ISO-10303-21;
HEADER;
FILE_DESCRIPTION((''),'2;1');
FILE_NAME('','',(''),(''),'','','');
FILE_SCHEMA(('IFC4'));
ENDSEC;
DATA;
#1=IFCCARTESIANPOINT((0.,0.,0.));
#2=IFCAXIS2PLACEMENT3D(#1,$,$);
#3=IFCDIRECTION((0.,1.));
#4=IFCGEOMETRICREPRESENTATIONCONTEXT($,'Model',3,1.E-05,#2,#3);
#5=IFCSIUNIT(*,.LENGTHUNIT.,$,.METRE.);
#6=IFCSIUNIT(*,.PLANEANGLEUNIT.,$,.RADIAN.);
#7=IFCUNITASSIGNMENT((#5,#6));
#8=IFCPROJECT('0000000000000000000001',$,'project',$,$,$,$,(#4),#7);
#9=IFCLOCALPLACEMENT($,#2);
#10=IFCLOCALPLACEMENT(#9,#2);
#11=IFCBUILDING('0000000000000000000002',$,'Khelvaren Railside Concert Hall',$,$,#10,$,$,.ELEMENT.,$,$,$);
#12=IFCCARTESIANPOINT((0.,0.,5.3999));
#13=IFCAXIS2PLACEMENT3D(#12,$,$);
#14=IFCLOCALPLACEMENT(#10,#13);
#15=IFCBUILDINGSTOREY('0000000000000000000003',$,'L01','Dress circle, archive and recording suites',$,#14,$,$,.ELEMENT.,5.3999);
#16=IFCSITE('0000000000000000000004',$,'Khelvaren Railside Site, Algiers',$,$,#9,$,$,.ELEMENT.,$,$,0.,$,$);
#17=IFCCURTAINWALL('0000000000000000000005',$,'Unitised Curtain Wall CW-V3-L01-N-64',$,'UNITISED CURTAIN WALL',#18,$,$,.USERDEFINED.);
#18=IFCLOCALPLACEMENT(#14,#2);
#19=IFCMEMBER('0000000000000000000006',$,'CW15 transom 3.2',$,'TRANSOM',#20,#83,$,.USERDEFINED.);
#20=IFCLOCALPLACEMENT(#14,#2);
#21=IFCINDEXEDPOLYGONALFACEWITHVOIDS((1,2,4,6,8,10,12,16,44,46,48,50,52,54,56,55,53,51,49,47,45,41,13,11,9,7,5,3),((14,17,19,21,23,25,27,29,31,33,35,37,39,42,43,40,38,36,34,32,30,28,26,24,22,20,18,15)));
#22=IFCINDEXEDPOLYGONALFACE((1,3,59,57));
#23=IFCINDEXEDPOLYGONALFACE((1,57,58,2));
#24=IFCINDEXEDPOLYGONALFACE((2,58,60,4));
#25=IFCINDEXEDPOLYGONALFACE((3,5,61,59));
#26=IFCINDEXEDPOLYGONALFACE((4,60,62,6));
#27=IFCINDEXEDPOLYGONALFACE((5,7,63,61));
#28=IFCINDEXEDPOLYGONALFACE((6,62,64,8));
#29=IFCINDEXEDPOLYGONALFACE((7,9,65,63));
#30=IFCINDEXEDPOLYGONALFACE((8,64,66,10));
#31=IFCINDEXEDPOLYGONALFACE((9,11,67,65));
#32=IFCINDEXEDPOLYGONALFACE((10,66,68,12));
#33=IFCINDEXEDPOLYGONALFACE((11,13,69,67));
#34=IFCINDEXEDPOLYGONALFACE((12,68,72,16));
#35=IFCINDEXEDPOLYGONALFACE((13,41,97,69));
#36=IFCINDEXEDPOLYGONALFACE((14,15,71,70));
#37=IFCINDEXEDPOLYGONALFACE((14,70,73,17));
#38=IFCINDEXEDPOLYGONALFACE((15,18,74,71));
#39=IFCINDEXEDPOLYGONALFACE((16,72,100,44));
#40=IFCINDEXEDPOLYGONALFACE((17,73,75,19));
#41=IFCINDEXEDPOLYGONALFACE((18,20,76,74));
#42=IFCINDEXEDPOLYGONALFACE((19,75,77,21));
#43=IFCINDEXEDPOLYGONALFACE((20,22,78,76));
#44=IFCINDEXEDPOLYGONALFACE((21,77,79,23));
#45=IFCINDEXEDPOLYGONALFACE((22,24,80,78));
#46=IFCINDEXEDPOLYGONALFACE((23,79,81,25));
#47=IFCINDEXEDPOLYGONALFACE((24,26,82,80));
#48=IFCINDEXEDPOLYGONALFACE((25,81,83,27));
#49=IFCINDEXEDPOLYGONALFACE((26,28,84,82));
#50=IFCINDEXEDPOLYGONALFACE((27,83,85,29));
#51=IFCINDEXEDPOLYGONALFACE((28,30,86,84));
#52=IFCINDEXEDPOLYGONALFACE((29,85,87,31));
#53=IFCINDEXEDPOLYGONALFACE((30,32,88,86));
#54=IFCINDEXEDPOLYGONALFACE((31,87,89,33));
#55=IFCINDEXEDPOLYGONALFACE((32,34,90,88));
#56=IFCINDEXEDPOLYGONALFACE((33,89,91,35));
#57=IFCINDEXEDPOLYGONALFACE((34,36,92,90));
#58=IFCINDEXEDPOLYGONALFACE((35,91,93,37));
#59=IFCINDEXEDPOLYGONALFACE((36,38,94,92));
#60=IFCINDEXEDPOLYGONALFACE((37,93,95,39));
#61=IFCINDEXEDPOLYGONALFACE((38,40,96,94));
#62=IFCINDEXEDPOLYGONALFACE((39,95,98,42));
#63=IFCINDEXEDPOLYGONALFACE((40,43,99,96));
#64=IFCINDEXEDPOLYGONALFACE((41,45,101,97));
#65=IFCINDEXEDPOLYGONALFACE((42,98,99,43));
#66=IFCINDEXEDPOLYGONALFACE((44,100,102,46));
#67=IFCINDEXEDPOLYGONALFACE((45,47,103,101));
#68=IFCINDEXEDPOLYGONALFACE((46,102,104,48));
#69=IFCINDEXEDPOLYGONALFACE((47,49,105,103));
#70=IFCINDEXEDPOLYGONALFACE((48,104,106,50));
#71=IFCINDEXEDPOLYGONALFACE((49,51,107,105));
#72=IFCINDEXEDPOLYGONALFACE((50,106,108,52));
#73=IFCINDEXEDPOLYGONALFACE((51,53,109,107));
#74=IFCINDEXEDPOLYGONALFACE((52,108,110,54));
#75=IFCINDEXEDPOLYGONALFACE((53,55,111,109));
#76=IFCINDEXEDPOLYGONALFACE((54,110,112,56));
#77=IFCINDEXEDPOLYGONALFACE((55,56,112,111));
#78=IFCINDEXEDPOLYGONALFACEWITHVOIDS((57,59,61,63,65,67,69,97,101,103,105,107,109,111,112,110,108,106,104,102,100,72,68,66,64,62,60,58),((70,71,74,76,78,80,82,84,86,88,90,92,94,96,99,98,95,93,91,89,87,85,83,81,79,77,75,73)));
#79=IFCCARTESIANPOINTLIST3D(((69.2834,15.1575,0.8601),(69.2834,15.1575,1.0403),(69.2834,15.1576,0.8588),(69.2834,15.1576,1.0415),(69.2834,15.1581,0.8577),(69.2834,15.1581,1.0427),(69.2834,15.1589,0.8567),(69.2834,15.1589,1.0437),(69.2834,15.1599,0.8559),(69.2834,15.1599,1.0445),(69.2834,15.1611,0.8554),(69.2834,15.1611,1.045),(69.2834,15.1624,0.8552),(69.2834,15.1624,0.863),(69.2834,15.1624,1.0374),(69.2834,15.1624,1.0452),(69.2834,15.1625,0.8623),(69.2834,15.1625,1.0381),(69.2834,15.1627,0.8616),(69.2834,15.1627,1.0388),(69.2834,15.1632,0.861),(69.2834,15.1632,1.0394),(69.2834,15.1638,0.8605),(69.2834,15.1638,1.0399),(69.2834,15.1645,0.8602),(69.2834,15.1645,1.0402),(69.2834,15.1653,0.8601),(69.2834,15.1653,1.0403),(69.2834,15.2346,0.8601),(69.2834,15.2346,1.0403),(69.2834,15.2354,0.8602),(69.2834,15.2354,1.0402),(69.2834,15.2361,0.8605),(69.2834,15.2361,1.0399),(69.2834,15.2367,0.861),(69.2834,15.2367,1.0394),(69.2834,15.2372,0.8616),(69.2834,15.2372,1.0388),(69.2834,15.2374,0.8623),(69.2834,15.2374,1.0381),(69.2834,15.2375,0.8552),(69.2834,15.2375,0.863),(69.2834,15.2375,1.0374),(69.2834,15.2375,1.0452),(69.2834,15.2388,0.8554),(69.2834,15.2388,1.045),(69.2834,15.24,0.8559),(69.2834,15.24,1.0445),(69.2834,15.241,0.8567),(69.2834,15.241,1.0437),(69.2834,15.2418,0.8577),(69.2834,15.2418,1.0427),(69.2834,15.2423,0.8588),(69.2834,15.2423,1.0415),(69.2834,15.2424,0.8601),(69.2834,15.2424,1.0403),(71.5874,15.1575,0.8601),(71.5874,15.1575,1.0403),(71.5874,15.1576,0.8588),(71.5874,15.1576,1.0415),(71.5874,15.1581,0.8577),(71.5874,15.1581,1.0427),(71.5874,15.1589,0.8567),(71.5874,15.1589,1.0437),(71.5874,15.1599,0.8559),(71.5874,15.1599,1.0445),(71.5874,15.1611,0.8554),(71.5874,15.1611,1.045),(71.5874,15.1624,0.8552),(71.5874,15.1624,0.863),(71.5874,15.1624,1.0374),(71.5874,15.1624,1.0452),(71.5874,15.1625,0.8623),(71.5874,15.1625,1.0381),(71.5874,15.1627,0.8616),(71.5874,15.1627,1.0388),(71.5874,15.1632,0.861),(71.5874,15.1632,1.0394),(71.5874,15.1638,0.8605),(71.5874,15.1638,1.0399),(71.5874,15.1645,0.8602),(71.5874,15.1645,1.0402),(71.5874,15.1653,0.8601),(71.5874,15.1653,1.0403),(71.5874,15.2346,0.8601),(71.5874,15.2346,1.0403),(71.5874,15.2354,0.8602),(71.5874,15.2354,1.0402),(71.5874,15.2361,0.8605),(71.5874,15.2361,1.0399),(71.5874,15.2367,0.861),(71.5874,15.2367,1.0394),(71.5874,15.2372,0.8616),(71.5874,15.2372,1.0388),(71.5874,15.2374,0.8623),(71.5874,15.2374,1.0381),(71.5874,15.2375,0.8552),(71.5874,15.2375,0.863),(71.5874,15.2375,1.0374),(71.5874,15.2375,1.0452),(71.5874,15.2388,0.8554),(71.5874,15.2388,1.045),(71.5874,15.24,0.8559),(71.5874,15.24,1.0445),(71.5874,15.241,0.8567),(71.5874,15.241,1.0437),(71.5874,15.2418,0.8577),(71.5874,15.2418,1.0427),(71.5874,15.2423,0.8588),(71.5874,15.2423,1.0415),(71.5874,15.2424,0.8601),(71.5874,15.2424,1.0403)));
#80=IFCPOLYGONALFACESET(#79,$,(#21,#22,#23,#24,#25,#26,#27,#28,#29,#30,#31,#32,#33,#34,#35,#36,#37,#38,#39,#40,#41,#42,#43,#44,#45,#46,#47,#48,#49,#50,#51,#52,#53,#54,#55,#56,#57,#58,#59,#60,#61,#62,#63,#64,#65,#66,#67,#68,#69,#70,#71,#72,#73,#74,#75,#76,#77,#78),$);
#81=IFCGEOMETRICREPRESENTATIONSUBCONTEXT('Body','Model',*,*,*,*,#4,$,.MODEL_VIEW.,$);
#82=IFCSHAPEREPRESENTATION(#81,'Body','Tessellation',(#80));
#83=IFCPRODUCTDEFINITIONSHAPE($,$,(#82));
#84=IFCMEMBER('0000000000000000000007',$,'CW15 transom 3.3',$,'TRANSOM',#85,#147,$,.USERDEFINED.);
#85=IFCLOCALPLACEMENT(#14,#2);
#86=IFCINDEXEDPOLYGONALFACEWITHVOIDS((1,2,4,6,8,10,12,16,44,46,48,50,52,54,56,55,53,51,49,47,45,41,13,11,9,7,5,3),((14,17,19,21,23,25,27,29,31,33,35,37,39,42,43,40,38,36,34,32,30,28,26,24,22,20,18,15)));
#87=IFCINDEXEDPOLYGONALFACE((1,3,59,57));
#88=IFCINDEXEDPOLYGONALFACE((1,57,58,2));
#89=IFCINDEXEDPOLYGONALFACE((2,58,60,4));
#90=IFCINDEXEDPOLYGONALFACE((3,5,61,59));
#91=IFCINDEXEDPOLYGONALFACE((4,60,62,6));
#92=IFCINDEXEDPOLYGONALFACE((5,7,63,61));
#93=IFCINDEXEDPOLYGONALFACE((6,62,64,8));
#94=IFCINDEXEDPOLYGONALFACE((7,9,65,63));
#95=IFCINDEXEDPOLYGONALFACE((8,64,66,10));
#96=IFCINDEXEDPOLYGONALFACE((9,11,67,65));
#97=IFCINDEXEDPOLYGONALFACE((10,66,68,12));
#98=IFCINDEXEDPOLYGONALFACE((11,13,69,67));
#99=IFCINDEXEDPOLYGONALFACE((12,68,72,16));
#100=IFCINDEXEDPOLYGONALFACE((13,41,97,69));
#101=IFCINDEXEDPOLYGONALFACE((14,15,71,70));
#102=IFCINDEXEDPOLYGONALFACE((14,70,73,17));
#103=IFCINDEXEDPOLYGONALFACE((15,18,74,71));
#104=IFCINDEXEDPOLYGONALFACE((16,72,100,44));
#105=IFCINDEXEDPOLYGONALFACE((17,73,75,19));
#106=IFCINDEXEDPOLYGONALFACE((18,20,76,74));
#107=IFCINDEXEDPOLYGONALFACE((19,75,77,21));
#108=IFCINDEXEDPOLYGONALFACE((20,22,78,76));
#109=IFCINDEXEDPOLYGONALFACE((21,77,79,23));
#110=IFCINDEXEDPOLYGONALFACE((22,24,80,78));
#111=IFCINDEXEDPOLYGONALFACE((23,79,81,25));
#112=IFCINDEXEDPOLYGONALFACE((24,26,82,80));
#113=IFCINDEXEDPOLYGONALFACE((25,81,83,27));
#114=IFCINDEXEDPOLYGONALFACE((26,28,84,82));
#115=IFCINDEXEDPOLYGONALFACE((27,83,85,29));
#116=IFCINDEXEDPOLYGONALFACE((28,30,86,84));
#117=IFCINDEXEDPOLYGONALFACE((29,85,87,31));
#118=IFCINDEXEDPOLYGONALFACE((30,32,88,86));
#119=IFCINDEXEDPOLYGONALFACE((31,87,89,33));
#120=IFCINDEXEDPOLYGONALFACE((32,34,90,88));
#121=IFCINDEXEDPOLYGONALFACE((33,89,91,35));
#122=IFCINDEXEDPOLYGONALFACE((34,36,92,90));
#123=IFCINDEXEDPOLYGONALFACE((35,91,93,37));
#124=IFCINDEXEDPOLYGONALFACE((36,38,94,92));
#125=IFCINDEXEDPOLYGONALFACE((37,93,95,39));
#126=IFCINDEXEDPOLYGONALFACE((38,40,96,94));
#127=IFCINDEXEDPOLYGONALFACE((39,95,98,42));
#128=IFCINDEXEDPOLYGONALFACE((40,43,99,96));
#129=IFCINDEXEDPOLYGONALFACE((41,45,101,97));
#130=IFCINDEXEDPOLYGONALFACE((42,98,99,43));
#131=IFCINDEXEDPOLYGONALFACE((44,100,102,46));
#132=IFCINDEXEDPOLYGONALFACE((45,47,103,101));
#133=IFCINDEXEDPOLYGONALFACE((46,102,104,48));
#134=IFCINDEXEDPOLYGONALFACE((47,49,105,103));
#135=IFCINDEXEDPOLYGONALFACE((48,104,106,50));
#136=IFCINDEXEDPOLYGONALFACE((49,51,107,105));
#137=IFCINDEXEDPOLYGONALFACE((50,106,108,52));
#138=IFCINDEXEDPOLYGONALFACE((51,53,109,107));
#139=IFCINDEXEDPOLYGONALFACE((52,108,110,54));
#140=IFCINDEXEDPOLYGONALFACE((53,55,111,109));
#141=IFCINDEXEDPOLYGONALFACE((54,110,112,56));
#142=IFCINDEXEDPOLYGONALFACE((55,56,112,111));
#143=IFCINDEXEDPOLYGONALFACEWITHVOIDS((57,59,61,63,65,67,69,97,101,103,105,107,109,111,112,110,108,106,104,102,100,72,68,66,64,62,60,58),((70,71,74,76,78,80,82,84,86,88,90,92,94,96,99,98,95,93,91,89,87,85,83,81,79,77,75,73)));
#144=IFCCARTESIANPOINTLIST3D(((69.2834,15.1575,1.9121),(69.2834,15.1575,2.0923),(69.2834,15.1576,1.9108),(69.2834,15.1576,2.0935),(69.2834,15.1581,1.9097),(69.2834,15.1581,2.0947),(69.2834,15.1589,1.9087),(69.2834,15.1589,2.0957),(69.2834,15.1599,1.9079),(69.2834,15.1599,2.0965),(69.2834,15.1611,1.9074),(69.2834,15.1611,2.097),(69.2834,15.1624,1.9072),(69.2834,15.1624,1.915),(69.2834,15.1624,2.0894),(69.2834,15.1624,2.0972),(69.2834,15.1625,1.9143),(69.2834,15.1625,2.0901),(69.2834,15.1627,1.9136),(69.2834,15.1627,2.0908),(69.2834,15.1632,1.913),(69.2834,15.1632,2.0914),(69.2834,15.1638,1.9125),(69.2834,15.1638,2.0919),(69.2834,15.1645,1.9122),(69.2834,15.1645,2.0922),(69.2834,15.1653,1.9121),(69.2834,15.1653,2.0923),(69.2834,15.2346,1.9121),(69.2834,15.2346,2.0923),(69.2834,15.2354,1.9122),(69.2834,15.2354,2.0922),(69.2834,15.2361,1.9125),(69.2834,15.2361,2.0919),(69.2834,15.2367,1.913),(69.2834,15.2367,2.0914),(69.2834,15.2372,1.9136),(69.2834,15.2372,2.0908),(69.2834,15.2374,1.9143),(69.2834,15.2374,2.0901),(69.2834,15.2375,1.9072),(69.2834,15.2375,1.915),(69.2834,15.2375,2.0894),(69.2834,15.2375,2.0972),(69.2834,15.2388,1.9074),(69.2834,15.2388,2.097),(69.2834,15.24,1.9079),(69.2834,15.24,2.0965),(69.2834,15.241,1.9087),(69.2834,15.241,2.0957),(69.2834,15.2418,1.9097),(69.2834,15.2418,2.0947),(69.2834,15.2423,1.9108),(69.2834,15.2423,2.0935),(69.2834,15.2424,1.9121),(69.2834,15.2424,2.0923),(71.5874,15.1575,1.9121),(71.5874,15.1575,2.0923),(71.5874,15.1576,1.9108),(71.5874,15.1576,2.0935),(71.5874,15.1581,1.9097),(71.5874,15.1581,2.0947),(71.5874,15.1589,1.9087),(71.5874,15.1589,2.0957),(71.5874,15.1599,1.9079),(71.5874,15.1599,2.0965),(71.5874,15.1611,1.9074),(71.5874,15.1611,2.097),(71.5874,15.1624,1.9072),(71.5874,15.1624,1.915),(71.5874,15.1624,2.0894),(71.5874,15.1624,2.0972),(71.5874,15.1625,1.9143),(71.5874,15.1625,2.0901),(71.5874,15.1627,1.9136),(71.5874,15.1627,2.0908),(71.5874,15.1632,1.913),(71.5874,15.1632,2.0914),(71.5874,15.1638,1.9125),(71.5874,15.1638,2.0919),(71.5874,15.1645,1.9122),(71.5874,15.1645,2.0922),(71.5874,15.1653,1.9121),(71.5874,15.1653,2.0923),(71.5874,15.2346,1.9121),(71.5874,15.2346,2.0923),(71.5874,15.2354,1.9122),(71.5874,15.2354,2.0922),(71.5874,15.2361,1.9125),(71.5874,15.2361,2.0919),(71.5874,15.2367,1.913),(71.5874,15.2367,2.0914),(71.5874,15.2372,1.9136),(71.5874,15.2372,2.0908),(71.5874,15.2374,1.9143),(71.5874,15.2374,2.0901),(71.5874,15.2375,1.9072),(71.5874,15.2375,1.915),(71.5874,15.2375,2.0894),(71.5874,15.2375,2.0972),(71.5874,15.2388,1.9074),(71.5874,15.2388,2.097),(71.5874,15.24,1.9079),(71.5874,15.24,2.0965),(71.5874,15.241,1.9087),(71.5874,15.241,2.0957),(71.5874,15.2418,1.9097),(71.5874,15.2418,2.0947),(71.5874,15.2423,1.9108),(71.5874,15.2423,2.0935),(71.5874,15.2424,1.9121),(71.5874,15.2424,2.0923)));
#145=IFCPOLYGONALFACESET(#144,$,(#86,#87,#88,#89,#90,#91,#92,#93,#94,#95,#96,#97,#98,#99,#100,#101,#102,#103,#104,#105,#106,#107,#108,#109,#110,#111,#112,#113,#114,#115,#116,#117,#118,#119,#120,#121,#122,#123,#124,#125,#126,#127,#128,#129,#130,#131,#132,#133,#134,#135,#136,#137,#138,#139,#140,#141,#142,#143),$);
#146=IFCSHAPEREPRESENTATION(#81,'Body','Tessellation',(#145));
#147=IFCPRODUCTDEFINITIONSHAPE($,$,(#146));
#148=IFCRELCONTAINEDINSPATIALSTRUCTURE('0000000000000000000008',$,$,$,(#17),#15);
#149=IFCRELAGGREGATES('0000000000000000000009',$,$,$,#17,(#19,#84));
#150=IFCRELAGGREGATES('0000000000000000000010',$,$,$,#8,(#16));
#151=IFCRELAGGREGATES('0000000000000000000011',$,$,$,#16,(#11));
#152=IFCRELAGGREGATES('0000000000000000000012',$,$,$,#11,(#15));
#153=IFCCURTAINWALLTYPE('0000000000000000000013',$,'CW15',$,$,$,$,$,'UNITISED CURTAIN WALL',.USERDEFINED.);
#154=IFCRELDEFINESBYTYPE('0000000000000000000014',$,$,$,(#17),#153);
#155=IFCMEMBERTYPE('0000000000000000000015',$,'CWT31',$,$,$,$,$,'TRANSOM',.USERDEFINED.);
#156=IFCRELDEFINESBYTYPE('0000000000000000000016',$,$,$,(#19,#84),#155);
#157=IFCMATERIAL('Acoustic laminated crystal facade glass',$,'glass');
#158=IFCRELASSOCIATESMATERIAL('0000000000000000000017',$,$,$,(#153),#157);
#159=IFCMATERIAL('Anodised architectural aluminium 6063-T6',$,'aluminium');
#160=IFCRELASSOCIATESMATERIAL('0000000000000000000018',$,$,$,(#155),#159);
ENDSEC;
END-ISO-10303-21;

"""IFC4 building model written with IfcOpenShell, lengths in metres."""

from ifc_helpers import new_model, si_unit, direction, frame, origin, origin_2d, place, context, subcontext, project, spatial, hollow_rectangle, extrude, material, material_profile, profile_set, type_object, element, aggregate, save


model = new_model("IFC4")

# Units and contexts
model_context = context("Model", 3, precision=1e-05, world=origin(), true_north=direction((0.0, 1.0)))
body_context = subcontext(model_context, "Body", "Model", "MODEL_VIEW")
ifc_project = project(units=[si_unit("LENGTHUNIT", "METRE"), si_unit("PLANEANGLEUNIT", "RADIAN")], contexts=[model_context])

# Site, building, storey
site_placement = place(None, origin())
site = spatial("IfcSite", under=ifc_project, at=site_placement, Name="Khelvaren Railside Site, Algiers", CompositionType="ELEMENT", RefElevation=0.0)
building_placement = place(site_placement, origin())
building = spatial("IfcBuilding", under=site, at=building_placement, Name="Khelvaren Railside Concert Hall", CompositionType="ELEMENT")
storey_placement = place(building_placement, frame((0.0, 0.0, 5.3999)))
storey = spatial("IfcBuildingStorey", under=building, at=storey_placement, Name="L01", Description="Dress circle, archive and recording suites", CompositionType="ELEMENT", Elevation=5.3999)

# Curtain wall, members
ifc_material_1 = material(Name="Acoustic laminated crystal facade glass", Category="glass")
curtain_wall_type = type_object("IfcCurtainWallType", Name="CW15", ElementType="UNITISED CURTAIN WALL", PredefinedType="USERDEFINED", material=ifc_material_1)
curtain_wall_placement = place(storey_placement, origin())
curtain_wall = element("IfcCurtainWall", 1, at=curtain_wall_placement, inside=storey, type_object=curtain_wall_type, Name="Unitised Curtain Wall CW-V3-L01-N-64", ObjectType="UNITISED CURTAIN WALL", PredefinedType="USERDEFINED")
ifc_material_2 = material(Name="Anodised architectural aluminium 6063-T6", Category="aluminium")
ifc_material_profile_1 = material_profile(ifc_material_2, hollow_rectangle(XDim=0.085, YDim=0.1899, WallThickness=0.0049, InnerFilletRadius=0.0029, OuterFilletRadius=0.0049, at=origin_2d()), Name="CWT 85x190x5")
ifc_profile_set_1 = profile_set([ifc_material_profile_1], Name="Anodised architectural aluminium 6063-T6")
member_type_1 = type_object("IfcMemberType", Name="CWT31", ElementType="TRANSOM", PredefinedType="USERDEFINED", material=ifc_profile_set_1)
member_1_placement = place(storey_placement, frame((69.2834, 15.2, 0.9502), z_axis=(1.0, 0.0, 0.0), x_axis=(0.0, 1.0, 0.0)))
member_1 = element("IfcMember", 2, at=member_1_placement, type_object=member_type_1, Name="CW15 transom 3.2", ObjectType="TRANSOM", PredefinedType="USERDEFINED", context=body_context, shape_type="SweptSolid", body=[
    extrude(hollow_rectangle(XDim=0.085, YDim=0.1899, WallThickness=0.0049, InnerFilletRadius=0.0029, OuterFilletRadius=0.0049, at=origin_2d()), origin(), (0.0, 0.0, 1.0), 2.304),
])
member_2_placement = place(storey_placement, frame((69.2834, 15.2, 2.0022), z_axis=(1.0, 0.0, 0.0), x_axis=(0.0, 1.0, 0.0)))
member_2 = element("IfcMember", 3, at=member_2_placement, type_object=member_type_1, Name="CW15 transom 3.3", ObjectType="TRANSOM", PredefinedType="USERDEFINED", context=body_context, shape_type="SweptSolid", body=[
    extrude(hollow_rectangle(XDim=0.085, YDim=0.1899, WallThickness=0.0049, InnerFilletRadius=0.0029, OuterFilletRadius=0.0049, at=origin_2d()), origin(), (0.0, 0.0, 1.0), 2.304),
])

aggregate(curtain_wall, [member_1, member_2])

save(model, "model.ifc")
